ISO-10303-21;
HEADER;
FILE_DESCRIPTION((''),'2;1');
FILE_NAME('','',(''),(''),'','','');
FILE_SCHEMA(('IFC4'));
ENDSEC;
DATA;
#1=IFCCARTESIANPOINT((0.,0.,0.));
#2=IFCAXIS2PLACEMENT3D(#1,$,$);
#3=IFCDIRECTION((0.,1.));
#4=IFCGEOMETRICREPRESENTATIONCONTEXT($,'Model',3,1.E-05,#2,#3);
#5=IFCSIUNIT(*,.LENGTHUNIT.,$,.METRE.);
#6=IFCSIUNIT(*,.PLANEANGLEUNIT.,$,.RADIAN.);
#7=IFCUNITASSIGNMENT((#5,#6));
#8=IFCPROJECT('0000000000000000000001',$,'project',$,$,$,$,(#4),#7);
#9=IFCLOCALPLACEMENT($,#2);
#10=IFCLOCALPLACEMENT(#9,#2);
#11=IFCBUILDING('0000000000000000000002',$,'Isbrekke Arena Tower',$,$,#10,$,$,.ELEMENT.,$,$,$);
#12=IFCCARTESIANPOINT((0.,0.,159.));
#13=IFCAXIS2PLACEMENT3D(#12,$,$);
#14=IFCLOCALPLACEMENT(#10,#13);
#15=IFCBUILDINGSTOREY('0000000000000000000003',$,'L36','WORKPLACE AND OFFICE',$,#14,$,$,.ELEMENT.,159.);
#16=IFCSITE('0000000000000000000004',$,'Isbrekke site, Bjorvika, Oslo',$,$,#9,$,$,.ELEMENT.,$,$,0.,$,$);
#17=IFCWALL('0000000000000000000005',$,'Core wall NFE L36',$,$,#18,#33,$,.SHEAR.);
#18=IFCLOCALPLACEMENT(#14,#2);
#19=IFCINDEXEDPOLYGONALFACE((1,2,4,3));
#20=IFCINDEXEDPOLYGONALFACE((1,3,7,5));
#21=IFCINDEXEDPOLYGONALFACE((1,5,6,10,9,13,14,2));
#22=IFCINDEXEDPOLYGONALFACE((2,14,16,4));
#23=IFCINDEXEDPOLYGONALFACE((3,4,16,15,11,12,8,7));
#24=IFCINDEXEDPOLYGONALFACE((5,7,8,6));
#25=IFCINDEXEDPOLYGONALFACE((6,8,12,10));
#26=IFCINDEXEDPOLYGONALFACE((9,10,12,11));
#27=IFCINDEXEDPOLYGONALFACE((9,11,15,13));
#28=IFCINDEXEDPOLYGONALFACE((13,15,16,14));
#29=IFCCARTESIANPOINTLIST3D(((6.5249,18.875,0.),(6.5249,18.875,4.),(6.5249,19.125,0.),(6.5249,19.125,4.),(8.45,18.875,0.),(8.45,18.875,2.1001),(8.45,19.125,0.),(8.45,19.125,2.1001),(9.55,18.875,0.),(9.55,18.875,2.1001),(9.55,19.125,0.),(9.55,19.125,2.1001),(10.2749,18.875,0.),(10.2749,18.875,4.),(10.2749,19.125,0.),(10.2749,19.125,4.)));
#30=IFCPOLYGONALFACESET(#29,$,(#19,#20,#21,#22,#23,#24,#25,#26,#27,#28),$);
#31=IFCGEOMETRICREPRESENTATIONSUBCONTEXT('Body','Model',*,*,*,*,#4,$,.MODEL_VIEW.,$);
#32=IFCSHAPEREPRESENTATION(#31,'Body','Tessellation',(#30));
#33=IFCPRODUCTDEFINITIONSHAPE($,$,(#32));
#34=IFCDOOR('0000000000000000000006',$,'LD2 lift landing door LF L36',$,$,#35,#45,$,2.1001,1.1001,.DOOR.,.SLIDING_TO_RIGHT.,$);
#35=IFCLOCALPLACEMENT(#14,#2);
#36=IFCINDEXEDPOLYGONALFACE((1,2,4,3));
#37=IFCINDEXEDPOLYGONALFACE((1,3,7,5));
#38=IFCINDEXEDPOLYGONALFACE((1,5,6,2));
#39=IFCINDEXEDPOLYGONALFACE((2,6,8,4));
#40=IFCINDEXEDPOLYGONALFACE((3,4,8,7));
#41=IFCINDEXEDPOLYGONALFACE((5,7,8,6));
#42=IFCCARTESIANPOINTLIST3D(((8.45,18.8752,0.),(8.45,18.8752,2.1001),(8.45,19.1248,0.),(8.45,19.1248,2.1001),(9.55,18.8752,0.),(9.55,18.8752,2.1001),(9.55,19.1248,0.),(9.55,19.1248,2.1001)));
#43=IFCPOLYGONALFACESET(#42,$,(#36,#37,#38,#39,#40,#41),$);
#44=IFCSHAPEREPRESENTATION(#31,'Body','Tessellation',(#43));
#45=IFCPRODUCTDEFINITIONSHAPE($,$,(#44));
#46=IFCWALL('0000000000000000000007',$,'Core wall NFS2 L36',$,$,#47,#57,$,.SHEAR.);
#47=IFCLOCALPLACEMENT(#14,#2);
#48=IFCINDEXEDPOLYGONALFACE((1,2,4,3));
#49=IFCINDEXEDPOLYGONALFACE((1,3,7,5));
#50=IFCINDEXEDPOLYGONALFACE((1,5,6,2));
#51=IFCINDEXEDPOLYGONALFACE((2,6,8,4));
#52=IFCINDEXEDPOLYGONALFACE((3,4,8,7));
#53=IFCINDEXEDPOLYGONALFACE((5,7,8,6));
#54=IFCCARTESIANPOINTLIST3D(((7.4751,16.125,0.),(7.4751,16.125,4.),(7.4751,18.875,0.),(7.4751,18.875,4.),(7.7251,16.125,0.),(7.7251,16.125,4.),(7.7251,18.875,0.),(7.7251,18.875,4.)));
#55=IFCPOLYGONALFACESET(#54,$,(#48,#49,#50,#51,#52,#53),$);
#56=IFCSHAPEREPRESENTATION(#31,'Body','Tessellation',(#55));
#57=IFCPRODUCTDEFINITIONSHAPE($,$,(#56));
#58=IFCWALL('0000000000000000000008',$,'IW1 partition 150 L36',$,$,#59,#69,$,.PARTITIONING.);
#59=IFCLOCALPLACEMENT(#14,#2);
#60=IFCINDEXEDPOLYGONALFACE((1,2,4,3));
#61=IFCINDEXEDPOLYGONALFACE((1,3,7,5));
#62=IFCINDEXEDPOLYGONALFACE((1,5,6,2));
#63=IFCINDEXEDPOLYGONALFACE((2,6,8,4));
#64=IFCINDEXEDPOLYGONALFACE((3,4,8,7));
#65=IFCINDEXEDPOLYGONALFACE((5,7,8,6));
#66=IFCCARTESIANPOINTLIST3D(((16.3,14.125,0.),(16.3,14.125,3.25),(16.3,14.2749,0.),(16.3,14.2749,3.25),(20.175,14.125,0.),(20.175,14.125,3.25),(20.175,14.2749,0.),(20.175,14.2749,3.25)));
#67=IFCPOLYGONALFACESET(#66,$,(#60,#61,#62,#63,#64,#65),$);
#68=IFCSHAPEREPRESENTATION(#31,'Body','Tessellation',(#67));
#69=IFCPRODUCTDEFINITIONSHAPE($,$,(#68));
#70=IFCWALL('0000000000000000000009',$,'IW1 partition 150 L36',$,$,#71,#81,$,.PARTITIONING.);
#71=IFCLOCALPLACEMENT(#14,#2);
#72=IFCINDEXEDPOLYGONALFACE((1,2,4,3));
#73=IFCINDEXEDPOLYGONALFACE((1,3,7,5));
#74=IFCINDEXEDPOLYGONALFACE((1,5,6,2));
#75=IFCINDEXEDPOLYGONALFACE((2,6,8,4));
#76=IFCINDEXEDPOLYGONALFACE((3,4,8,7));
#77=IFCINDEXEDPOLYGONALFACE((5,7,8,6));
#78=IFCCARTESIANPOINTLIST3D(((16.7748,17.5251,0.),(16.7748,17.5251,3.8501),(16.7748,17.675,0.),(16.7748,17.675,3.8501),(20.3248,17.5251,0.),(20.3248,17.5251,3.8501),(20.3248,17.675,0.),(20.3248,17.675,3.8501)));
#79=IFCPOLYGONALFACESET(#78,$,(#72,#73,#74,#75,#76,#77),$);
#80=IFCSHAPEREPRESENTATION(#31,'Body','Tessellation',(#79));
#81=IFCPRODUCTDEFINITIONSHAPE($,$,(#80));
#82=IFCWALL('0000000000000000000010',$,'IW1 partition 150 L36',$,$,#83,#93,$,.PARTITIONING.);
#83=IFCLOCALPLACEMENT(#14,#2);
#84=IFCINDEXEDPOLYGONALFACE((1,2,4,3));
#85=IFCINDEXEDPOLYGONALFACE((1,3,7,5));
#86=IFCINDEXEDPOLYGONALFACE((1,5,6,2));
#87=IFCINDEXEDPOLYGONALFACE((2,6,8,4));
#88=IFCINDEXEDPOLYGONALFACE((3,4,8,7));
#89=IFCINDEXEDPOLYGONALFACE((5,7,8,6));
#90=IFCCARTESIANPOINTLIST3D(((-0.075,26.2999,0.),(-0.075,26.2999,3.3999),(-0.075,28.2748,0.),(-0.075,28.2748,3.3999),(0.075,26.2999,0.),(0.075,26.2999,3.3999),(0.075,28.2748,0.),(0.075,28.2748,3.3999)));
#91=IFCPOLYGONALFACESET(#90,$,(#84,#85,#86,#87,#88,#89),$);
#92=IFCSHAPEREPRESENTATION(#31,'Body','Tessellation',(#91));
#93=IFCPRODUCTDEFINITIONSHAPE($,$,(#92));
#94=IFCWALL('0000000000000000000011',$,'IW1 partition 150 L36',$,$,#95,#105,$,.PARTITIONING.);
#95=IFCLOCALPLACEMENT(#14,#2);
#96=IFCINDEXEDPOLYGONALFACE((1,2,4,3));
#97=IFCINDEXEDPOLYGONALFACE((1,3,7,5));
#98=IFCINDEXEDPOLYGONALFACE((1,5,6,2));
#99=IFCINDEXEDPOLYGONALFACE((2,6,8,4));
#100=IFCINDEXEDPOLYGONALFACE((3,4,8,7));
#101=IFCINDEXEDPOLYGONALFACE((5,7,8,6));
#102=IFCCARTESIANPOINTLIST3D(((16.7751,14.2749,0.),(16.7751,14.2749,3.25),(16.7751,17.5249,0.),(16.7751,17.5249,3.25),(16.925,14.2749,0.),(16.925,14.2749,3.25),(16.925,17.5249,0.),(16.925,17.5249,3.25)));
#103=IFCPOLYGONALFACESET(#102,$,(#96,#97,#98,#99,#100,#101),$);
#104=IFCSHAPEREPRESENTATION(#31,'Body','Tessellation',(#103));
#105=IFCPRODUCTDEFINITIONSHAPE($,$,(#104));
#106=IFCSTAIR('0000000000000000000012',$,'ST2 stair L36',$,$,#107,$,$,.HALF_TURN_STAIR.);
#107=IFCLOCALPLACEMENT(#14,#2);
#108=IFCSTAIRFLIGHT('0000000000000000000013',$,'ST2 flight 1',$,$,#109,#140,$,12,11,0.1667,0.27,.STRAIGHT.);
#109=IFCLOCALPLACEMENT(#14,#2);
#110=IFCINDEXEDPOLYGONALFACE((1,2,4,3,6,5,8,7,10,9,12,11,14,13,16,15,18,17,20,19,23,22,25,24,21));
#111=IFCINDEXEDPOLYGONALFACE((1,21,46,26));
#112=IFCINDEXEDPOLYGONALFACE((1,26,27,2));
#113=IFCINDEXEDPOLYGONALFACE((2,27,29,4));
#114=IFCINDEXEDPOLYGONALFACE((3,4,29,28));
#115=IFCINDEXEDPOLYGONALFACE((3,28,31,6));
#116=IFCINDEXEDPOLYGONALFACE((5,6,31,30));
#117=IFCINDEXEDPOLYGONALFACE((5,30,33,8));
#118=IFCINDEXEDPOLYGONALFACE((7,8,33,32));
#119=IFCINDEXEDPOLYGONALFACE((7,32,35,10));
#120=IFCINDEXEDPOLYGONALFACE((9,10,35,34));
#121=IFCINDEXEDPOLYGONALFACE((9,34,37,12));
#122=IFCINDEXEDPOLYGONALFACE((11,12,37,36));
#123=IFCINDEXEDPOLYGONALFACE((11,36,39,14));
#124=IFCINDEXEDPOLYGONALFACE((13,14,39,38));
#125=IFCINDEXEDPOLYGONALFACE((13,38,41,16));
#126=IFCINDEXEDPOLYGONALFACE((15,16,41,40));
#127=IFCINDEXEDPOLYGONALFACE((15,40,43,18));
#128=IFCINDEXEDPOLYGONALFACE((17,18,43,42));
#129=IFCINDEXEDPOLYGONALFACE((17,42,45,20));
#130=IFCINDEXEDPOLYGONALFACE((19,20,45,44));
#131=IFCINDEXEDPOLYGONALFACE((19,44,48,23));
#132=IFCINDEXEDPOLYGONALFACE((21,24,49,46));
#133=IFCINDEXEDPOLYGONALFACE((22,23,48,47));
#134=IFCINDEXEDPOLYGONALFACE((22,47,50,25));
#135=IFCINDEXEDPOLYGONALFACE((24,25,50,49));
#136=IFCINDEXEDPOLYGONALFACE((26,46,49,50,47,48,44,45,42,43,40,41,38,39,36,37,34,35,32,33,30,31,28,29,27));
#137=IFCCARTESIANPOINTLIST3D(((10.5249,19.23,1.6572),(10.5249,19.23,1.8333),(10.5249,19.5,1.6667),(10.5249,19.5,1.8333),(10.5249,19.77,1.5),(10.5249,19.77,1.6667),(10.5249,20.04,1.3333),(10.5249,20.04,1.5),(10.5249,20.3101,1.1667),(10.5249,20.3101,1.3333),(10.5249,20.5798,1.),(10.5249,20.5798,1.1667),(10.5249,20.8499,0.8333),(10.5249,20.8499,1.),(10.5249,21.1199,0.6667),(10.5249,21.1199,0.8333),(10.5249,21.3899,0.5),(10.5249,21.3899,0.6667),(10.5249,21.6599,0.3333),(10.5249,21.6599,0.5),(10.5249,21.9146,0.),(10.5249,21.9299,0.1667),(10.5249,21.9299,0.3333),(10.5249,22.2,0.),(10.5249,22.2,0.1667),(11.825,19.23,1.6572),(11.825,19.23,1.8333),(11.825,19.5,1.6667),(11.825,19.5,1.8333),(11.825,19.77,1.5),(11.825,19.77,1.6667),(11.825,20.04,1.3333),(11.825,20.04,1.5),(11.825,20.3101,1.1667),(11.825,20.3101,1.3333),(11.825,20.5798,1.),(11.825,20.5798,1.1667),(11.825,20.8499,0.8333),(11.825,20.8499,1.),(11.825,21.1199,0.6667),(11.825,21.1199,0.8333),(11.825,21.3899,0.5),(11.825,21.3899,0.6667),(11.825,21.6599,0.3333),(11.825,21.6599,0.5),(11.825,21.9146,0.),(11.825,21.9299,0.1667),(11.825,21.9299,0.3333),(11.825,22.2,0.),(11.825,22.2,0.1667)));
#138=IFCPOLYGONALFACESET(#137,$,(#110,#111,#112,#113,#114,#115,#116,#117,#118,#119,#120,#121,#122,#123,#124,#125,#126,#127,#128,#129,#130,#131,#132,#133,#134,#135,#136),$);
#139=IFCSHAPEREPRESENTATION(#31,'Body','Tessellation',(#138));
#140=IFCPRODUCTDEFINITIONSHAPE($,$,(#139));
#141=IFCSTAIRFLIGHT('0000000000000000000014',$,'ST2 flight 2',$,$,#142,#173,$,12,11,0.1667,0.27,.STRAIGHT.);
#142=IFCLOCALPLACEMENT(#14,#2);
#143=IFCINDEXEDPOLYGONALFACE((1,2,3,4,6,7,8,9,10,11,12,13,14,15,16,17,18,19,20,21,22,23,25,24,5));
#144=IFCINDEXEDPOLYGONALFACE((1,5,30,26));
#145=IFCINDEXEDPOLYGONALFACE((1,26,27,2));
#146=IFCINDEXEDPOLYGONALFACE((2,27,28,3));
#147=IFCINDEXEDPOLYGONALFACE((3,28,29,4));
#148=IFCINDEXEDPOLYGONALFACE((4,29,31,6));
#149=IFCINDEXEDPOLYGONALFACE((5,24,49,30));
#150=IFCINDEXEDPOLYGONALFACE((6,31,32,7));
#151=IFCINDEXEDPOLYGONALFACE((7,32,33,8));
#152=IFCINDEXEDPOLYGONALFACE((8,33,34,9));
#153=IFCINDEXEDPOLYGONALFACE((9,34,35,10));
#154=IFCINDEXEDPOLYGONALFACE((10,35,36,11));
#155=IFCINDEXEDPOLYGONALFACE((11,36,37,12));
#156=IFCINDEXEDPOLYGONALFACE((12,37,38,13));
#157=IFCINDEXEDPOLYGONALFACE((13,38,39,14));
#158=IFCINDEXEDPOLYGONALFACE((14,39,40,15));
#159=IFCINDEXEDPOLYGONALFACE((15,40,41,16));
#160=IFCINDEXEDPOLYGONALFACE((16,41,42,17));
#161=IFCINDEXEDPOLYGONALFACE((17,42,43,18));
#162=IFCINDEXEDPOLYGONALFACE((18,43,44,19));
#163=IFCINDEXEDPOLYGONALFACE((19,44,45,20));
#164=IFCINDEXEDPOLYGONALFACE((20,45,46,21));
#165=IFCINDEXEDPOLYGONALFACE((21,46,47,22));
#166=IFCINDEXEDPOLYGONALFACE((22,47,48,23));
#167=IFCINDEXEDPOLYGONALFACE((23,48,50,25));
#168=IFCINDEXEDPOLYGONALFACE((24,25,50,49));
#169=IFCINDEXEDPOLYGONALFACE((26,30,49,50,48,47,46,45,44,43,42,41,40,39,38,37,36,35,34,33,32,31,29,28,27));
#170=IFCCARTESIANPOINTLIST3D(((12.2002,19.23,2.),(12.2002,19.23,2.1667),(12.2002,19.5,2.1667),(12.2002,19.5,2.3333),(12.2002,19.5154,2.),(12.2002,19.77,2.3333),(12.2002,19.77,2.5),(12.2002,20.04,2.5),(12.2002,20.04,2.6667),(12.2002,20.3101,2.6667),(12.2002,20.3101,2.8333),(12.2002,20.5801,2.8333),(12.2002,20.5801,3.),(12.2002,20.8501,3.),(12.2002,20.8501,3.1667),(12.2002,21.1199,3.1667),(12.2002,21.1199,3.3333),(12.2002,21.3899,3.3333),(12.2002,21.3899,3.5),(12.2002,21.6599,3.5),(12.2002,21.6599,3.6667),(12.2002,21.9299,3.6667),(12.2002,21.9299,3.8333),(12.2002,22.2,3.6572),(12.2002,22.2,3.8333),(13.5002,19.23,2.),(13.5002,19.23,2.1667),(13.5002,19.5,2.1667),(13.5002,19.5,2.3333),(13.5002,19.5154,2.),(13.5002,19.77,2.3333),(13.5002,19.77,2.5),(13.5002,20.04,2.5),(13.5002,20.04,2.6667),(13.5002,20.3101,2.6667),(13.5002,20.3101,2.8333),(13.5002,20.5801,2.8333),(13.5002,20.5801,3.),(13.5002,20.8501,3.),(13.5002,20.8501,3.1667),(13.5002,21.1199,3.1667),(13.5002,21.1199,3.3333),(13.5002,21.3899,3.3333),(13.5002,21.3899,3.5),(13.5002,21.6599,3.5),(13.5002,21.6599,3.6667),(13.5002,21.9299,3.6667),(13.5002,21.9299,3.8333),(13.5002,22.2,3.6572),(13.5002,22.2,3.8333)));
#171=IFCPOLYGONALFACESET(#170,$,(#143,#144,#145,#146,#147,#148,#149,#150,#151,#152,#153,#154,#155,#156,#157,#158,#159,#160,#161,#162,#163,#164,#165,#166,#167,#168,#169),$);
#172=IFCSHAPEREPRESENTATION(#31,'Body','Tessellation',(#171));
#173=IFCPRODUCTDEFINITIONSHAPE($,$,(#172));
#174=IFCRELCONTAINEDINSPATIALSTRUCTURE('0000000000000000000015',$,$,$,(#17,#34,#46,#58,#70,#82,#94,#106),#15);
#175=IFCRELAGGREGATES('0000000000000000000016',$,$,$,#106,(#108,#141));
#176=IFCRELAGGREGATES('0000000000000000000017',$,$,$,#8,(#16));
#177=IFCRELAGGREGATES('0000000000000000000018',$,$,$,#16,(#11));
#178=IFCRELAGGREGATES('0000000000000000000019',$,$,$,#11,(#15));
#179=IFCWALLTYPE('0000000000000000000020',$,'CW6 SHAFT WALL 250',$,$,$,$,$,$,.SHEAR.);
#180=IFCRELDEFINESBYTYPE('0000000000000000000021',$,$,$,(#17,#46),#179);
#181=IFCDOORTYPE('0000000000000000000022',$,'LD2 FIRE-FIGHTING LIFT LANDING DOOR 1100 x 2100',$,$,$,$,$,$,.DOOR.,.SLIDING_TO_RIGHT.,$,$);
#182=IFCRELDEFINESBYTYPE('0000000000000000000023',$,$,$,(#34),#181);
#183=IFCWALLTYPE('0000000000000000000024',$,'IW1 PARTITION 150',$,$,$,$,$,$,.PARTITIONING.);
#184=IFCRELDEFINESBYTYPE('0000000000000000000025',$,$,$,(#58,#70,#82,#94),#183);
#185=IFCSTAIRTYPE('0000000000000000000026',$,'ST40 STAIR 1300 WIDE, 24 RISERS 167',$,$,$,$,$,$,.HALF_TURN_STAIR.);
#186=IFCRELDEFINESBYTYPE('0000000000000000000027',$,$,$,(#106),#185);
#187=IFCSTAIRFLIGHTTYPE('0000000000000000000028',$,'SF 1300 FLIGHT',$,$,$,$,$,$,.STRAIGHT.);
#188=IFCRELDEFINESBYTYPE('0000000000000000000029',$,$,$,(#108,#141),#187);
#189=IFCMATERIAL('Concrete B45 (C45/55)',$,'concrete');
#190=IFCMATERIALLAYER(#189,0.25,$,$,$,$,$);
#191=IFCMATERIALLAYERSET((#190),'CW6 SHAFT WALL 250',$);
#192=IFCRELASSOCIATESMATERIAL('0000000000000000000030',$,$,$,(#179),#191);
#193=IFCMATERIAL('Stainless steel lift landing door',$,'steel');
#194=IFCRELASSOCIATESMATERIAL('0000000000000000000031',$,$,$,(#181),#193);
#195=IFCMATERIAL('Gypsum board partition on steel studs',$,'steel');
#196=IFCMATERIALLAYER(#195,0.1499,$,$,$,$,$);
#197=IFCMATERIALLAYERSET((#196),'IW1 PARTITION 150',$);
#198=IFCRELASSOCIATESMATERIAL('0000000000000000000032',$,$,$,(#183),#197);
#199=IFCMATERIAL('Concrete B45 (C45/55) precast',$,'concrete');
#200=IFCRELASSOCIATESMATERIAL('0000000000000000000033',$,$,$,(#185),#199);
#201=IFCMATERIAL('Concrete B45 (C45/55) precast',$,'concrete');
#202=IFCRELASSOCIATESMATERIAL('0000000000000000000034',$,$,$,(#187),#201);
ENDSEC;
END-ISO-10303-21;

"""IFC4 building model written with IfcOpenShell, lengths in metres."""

from ifc_helpers import new_model, si_unit, direction, frame, frame_2d, origin, place, context, subcontext, project, spatial, polyline, rectangle, outline, extrude, material, layer, layer_set, type_object, element, fill, aggregate, save


model = new_model("IFC4")

# Units and contexts
model_context = context("Model", 3, precision=1e-05, world=origin(), true_north=direction((0.0, 1.0)))
body_context = subcontext(model_context, "Body", "Model", "MODEL_VIEW")
ifc_project = project(units=[si_unit("LENGTHUNIT", "METRE"), si_unit("PLANEANGLEUNIT", "RADIAN")], contexts=[model_context])

# Site, building, storey
site_placement = place(None, origin())
site = spatial("IfcSite", under=ifc_project, at=site_placement, Name="Isbrekke site, Bjorvika, Oslo", CompositionType="ELEMENT", RefElevation=0.0)
building_placement = place(site_placement, origin())
building = spatial("IfcBuilding", under=site, at=building_placement, Name="Isbrekke Arena Tower", CompositionType="ELEMENT")
storey_placement = place(building_placement, frame((0.0, 0.0, 159.0)))
storey = spatial("IfcBuildingStorey", under=building, at=storey_placement, Name="L36", Description="WORKPLACE AND OFFICE", CompositionType="ELEMENT", Elevation=159.0)

# Shared definitions
ifc_material_1 = material(Name="Concrete B45 (C45/55)", Category="concrete")
ifc_layer_1 = layer(ifc_material_1, 0.25)
ifc_layer_set_1 = layer_set([ifc_layer_1], Name="CW6 SHAFT WALL 250")
wall_type_1 = type_object("IfcWallType", Name="CW6 SHAFT WALL 250", PredefinedType="SHEAR", material=ifc_layer_set_1)

# Wall, opening, door
wall_1_placement = place(storey_placement, frame((6.5249, 19.0, 0.0), z_axis=(0.0, 0.0, 1.0), x_axis=(1.0, 0.0, 0.0)))
wall_1 = element("IfcWall", 1, at=wall_1_placement, inside=storey, type_object=wall_type_1, Name="Core wall NFE L36", PredefinedType="SHEAR", context=body_context, shape_type="SweptSolid", body=[
    extrude(rectangle(XDim=3.75, YDim=0.25, at=frame_2d((1.875, 0.0))), origin(), (0.0, 0.0, 1.0), 4.0),
])
opening_1_placement = place(wall_1_placement, frame((1.925, 0.0, 0.0)))
opening_1 = element("IfcOpeningElement", 2, at=opening_1_placement, cuts=wall_1, PredefinedType="OPENING", context=body_context, shape_type="SweptSolid", body=[
    extrude(rectangle(XDim=1.1001, YDim=2.1001, at=frame_2d((0.55, 1.05))), frame((0.0, 0.1399, 0.0), z_axis=(0.0, -1.0, 0.0), x_axis=(1.0, 0.0, 0.0)), (0.0, 0.0, 1.0), 0.2798),
])
ifc_material_2 = material(Name="Stainless steel lift landing door", Category="steel")
door_type_1 = type_object("IfcDoorType", Name="LD2 FIRE-FIGHTING LIFT LANDING DOOR 1100 x 2100", OperationType="SLIDING_TO_RIGHT", PredefinedType="DOOR", material=ifc_material_2)
door_1_placement = place(opening_1_placement, origin())
door_1 = element("IfcDoor", 3, at=door_1_placement, inside=storey, type_object=door_type_1, Name="LD2 lift landing door LF L36", OperationType="SLIDING_TO_RIGHT", OverallHeight=2.1001, OverallWidth=1.1001, PredefinedType="DOOR", context=body_context, shape_type="SweptSolid", body=[
    extrude(rectangle(XDim=1.1001, YDim=2.1001, at=frame_2d((0.55, 1.05))), frame((0.0, 0.1248, 0.0), z_axis=(0.0, -1.0, 0.0), x_axis=(1.0, 0.0, 0.0)), (0.0, 0.0, 1.0), 0.2495),
])
fill(opening_1, door_1)

# Walls
wall_2_placement = place(storey_placement, frame((7.6001, 16.125, 0.0), z_axis=(0.0, 0.0, 1.0), x_axis=(0.0, 1.0, 0.0)))
element("IfcWall", 4, at=wall_2_placement, inside=storey, type_object=wall_type_1, Name="Core wall NFS2 L36", PredefinedType="SHEAR", context=body_context, shape_type="SweptSolid", body=[
    extrude(rectangle(XDim=2.75, YDim=0.25, at=frame_2d((1.375, 0.0))), origin(), (0.0, 0.0, 1.0), 4.0),
])
ifc_material_3 = material(Name="Gypsum board partition on steel studs", Category="steel")
ifc_layer_2 = layer(ifc_material_3, 0.1499)
ifc_layer_set_2 = layer_set([ifc_layer_2], Name="IW1 PARTITION 150")
wall_type_2 = type_object("IfcWallType", Name="IW1 PARTITION 150", PredefinedType="PARTITIONING", material=ifc_layer_set_2)
wall_3_placement = place(storey_placement, frame((16.3, 14.2, 0.0), z_axis=(0.0, 0.0, 1.0), x_axis=(1.0, 0.0, 0.0)))
element("IfcWall", 5, at=wall_3_placement, inside=storey, type_object=wall_type_2, Name="IW1 partition 150 L36", PredefinedType="PARTITIONING", context=body_context, shape_type="SweptSolid", body=[
    extrude(rectangle(XDim=3.875, YDim=0.1499, at=frame_2d((1.9375, 0.0))), origin(), (0.0, 0.0, 1.0), 3.25),
])
wall_4_placement = place(storey_placement, frame((16.7749, 17.6001, 0.0), z_axis=(0.0, 0.0, 1.0), x_axis=(1.0, 0.0, 0.0)))
element("IfcWall", 6, at=wall_4_placement, inside=storey, type_object=wall_type_2, Name="IW1 partition 150 L36", PredefinedType="PARTITIONING", context=body_context, shape_type="SweptSolid", body=[
    extrude(rectangle(XDim=3.55, YDim=0.1499, at=frame_2d((1.7749, 0.0))), origin(), (0.0, 0.0, 1.0), 3.8501),
])
wall_5_placement = place(storey_placement, frame((0.0, 26.3, 0.0), z_axis=(0.0, 0.0, 1.0), x_axis=(0.0, 1.0, 0.0)))
element("IfcWall", 7, at=wall_5_placement, inside=storey, type_object=wall_type_2, Name="IW1 partition 150 L36", PredefinedType="PARTITIONING", context=body_context, shape_type="SweptSolid", body=[
    extrude(rectangle(XDim=1.9749, YDim=0.1499, at=frame_2d((0.9873, 0.0))), origin(), (0.0, 0.0, 1.0), 3.3999),
])
wall_6_placement = place(storey_placement, frame((16.8501, 14.2749, 0.0), z_axis=(0.0, 0.0, 1.0), x_axis=(0.0, 1.0, 0.0)))
element("IfcWall", 8, at=wall_6_placement, inside=storey, type_object=wall_type_2, Name="IW1 partition 150 L36", PredefinedType="PARTITIONING", context=body_context, shape_type="SweptSolid", body=[
    extrude(rectangle(XDim=3.25, YDim=0.1499, at=frame_2d((1.625, 0.0))), origin(), (0.0, 0.0, 1.0), 3.25),
])

# Stair, stair flights
ifc_material_4 = material(Name="Concrete B45 (C45/55) precast", Category="concrete")
stair_type = type_object("IfcStairType", Name="ST40 STAIR 1300 WIDE, 24 RISERS 167", PredefinedType="HALF_TURN_STAIR", material=ifc_material_4)
stair_placement = place(storey_placement, origin())
stair = element("IfcStair", 9, at=stair_placement, inside=storey, type_object=stair_type, Name="ST2 stair L36", PredefinedType="HALF_TURN_STAIR")
ifc_material_5 = material(Name="Concrete B45 (C45/55) precast", Category="concrete")
stair_flight_type = type_object("IfcStairFlightType", Name="SF 1300 FLIGHT", PredefinedType="STRAIGHT", material=ifc_material_5)
stair_flight_1_placement = place(storey_placement, frame((11.175, 22.2, 0.0), z_axis=(0.0, 0.0, 1.0), x_axis=(0.0, -1.0, 0.0)))
stair_flight_1 = element("IfcStairFlight", 10, at=stair_flight_1_placement, type_object=stair_flight_type, Name="ST2 flight 1", NumberOfRisers=12, NumberOfTreads=11, PredefinedType="STRAIGHT", RiserHeight=0.1667, TreadLength=0.27, context=body_context, shape_type="SweptSolid", body=[
    extrude(outline(polyline([(0.0, 0.0), (0.0, 0.1667), (0.27, 0.1667), (0.27, 0.3333), (0.54, 0.3333), (0.54, 0.5), (0.8101, 0.5), (0.8101, 0.6667), (1.0801, 0.6667), (1.0801, 0.8333), (1.3501, 0.8333), (1.3501, 1.0), (1.6201, 1.0), (1.6201, 1.1667), (1.8899, 1.1667), (1.8899, 1.3333), (2.1599, 1.3333), (2.1599, 1.5), (2.4299, 1.5), (2.4299, 1.6667), (2.7, 1.6667), (2.7, 1.8333), (2.97, 1.8333), (2.97, 2.0), (2.97, 1.6572), (0.2854, 0.0), (0.0, 0.0)])), frame((0.0, 0.6499, 0.0), z_axis=(0.0, -1.0, 0.0), x_axis=(1.0, 0.0, 0.0)), (0.0, 0.0, 1.0), 1.3),
])
stair_flight_2_placement = place(storey_placement, frame((12.8501, 19.23, 2.0), z_axis=(0.0, 0.0, 1.0), x_axis=(0.0, 1.0, 0.0)))
stair_flight_2 = element("IfcStairFlight", 11, at=stair_flight_2_placement, type_object=stair_flight_type, Name="ST2 flight 2", NumberOfRisers=12, NumberOfTreads=11, PredefinedType="STRAIGHT", RiserHeight=0.1667, TreadLength=0.27, context=body_context, shape_type="SweptSolid", body=[
    extrude(outline(polyline([(0.0, 0.0), (0.0, 0.1667), (0.27, 0.1667), (0.27, 0.3333), (0.54, 0.3333), (0.54, 0.5), (0.8101, 0.5), (0.8101, 0.6667), (1.0801, 0.6667), (1.0801, 0.8333), (1.3501, 0.8333), (1.3501, 1.0), (1.6201, 1.0), (1.6201, 1.1667), (1.8899, 1.1667), (1.8899, 1.3333), (2.1599, 1.3333), (2.1599, 1.5), (2.4299, 1.5), (2.4299, 1.6667), (2.7, 1.6667), (2.7, 1.8333), (2.97, 1.8333), (2.97, 2.0), (2.97, 1.6572), (0.2854, 0.0), (0.0, 0.0)])), frame((0.0, 0.6499, 0.0), z_axis=(0.0, -1.0, 0.0), x_axis=(1.0, 0.0, 0.0)), (0.0, 0.0, 1.0), 1.3),
])
aggregate(stair, [stair_flight_1, stair_flight_2])

save(model, "model.ifc")
